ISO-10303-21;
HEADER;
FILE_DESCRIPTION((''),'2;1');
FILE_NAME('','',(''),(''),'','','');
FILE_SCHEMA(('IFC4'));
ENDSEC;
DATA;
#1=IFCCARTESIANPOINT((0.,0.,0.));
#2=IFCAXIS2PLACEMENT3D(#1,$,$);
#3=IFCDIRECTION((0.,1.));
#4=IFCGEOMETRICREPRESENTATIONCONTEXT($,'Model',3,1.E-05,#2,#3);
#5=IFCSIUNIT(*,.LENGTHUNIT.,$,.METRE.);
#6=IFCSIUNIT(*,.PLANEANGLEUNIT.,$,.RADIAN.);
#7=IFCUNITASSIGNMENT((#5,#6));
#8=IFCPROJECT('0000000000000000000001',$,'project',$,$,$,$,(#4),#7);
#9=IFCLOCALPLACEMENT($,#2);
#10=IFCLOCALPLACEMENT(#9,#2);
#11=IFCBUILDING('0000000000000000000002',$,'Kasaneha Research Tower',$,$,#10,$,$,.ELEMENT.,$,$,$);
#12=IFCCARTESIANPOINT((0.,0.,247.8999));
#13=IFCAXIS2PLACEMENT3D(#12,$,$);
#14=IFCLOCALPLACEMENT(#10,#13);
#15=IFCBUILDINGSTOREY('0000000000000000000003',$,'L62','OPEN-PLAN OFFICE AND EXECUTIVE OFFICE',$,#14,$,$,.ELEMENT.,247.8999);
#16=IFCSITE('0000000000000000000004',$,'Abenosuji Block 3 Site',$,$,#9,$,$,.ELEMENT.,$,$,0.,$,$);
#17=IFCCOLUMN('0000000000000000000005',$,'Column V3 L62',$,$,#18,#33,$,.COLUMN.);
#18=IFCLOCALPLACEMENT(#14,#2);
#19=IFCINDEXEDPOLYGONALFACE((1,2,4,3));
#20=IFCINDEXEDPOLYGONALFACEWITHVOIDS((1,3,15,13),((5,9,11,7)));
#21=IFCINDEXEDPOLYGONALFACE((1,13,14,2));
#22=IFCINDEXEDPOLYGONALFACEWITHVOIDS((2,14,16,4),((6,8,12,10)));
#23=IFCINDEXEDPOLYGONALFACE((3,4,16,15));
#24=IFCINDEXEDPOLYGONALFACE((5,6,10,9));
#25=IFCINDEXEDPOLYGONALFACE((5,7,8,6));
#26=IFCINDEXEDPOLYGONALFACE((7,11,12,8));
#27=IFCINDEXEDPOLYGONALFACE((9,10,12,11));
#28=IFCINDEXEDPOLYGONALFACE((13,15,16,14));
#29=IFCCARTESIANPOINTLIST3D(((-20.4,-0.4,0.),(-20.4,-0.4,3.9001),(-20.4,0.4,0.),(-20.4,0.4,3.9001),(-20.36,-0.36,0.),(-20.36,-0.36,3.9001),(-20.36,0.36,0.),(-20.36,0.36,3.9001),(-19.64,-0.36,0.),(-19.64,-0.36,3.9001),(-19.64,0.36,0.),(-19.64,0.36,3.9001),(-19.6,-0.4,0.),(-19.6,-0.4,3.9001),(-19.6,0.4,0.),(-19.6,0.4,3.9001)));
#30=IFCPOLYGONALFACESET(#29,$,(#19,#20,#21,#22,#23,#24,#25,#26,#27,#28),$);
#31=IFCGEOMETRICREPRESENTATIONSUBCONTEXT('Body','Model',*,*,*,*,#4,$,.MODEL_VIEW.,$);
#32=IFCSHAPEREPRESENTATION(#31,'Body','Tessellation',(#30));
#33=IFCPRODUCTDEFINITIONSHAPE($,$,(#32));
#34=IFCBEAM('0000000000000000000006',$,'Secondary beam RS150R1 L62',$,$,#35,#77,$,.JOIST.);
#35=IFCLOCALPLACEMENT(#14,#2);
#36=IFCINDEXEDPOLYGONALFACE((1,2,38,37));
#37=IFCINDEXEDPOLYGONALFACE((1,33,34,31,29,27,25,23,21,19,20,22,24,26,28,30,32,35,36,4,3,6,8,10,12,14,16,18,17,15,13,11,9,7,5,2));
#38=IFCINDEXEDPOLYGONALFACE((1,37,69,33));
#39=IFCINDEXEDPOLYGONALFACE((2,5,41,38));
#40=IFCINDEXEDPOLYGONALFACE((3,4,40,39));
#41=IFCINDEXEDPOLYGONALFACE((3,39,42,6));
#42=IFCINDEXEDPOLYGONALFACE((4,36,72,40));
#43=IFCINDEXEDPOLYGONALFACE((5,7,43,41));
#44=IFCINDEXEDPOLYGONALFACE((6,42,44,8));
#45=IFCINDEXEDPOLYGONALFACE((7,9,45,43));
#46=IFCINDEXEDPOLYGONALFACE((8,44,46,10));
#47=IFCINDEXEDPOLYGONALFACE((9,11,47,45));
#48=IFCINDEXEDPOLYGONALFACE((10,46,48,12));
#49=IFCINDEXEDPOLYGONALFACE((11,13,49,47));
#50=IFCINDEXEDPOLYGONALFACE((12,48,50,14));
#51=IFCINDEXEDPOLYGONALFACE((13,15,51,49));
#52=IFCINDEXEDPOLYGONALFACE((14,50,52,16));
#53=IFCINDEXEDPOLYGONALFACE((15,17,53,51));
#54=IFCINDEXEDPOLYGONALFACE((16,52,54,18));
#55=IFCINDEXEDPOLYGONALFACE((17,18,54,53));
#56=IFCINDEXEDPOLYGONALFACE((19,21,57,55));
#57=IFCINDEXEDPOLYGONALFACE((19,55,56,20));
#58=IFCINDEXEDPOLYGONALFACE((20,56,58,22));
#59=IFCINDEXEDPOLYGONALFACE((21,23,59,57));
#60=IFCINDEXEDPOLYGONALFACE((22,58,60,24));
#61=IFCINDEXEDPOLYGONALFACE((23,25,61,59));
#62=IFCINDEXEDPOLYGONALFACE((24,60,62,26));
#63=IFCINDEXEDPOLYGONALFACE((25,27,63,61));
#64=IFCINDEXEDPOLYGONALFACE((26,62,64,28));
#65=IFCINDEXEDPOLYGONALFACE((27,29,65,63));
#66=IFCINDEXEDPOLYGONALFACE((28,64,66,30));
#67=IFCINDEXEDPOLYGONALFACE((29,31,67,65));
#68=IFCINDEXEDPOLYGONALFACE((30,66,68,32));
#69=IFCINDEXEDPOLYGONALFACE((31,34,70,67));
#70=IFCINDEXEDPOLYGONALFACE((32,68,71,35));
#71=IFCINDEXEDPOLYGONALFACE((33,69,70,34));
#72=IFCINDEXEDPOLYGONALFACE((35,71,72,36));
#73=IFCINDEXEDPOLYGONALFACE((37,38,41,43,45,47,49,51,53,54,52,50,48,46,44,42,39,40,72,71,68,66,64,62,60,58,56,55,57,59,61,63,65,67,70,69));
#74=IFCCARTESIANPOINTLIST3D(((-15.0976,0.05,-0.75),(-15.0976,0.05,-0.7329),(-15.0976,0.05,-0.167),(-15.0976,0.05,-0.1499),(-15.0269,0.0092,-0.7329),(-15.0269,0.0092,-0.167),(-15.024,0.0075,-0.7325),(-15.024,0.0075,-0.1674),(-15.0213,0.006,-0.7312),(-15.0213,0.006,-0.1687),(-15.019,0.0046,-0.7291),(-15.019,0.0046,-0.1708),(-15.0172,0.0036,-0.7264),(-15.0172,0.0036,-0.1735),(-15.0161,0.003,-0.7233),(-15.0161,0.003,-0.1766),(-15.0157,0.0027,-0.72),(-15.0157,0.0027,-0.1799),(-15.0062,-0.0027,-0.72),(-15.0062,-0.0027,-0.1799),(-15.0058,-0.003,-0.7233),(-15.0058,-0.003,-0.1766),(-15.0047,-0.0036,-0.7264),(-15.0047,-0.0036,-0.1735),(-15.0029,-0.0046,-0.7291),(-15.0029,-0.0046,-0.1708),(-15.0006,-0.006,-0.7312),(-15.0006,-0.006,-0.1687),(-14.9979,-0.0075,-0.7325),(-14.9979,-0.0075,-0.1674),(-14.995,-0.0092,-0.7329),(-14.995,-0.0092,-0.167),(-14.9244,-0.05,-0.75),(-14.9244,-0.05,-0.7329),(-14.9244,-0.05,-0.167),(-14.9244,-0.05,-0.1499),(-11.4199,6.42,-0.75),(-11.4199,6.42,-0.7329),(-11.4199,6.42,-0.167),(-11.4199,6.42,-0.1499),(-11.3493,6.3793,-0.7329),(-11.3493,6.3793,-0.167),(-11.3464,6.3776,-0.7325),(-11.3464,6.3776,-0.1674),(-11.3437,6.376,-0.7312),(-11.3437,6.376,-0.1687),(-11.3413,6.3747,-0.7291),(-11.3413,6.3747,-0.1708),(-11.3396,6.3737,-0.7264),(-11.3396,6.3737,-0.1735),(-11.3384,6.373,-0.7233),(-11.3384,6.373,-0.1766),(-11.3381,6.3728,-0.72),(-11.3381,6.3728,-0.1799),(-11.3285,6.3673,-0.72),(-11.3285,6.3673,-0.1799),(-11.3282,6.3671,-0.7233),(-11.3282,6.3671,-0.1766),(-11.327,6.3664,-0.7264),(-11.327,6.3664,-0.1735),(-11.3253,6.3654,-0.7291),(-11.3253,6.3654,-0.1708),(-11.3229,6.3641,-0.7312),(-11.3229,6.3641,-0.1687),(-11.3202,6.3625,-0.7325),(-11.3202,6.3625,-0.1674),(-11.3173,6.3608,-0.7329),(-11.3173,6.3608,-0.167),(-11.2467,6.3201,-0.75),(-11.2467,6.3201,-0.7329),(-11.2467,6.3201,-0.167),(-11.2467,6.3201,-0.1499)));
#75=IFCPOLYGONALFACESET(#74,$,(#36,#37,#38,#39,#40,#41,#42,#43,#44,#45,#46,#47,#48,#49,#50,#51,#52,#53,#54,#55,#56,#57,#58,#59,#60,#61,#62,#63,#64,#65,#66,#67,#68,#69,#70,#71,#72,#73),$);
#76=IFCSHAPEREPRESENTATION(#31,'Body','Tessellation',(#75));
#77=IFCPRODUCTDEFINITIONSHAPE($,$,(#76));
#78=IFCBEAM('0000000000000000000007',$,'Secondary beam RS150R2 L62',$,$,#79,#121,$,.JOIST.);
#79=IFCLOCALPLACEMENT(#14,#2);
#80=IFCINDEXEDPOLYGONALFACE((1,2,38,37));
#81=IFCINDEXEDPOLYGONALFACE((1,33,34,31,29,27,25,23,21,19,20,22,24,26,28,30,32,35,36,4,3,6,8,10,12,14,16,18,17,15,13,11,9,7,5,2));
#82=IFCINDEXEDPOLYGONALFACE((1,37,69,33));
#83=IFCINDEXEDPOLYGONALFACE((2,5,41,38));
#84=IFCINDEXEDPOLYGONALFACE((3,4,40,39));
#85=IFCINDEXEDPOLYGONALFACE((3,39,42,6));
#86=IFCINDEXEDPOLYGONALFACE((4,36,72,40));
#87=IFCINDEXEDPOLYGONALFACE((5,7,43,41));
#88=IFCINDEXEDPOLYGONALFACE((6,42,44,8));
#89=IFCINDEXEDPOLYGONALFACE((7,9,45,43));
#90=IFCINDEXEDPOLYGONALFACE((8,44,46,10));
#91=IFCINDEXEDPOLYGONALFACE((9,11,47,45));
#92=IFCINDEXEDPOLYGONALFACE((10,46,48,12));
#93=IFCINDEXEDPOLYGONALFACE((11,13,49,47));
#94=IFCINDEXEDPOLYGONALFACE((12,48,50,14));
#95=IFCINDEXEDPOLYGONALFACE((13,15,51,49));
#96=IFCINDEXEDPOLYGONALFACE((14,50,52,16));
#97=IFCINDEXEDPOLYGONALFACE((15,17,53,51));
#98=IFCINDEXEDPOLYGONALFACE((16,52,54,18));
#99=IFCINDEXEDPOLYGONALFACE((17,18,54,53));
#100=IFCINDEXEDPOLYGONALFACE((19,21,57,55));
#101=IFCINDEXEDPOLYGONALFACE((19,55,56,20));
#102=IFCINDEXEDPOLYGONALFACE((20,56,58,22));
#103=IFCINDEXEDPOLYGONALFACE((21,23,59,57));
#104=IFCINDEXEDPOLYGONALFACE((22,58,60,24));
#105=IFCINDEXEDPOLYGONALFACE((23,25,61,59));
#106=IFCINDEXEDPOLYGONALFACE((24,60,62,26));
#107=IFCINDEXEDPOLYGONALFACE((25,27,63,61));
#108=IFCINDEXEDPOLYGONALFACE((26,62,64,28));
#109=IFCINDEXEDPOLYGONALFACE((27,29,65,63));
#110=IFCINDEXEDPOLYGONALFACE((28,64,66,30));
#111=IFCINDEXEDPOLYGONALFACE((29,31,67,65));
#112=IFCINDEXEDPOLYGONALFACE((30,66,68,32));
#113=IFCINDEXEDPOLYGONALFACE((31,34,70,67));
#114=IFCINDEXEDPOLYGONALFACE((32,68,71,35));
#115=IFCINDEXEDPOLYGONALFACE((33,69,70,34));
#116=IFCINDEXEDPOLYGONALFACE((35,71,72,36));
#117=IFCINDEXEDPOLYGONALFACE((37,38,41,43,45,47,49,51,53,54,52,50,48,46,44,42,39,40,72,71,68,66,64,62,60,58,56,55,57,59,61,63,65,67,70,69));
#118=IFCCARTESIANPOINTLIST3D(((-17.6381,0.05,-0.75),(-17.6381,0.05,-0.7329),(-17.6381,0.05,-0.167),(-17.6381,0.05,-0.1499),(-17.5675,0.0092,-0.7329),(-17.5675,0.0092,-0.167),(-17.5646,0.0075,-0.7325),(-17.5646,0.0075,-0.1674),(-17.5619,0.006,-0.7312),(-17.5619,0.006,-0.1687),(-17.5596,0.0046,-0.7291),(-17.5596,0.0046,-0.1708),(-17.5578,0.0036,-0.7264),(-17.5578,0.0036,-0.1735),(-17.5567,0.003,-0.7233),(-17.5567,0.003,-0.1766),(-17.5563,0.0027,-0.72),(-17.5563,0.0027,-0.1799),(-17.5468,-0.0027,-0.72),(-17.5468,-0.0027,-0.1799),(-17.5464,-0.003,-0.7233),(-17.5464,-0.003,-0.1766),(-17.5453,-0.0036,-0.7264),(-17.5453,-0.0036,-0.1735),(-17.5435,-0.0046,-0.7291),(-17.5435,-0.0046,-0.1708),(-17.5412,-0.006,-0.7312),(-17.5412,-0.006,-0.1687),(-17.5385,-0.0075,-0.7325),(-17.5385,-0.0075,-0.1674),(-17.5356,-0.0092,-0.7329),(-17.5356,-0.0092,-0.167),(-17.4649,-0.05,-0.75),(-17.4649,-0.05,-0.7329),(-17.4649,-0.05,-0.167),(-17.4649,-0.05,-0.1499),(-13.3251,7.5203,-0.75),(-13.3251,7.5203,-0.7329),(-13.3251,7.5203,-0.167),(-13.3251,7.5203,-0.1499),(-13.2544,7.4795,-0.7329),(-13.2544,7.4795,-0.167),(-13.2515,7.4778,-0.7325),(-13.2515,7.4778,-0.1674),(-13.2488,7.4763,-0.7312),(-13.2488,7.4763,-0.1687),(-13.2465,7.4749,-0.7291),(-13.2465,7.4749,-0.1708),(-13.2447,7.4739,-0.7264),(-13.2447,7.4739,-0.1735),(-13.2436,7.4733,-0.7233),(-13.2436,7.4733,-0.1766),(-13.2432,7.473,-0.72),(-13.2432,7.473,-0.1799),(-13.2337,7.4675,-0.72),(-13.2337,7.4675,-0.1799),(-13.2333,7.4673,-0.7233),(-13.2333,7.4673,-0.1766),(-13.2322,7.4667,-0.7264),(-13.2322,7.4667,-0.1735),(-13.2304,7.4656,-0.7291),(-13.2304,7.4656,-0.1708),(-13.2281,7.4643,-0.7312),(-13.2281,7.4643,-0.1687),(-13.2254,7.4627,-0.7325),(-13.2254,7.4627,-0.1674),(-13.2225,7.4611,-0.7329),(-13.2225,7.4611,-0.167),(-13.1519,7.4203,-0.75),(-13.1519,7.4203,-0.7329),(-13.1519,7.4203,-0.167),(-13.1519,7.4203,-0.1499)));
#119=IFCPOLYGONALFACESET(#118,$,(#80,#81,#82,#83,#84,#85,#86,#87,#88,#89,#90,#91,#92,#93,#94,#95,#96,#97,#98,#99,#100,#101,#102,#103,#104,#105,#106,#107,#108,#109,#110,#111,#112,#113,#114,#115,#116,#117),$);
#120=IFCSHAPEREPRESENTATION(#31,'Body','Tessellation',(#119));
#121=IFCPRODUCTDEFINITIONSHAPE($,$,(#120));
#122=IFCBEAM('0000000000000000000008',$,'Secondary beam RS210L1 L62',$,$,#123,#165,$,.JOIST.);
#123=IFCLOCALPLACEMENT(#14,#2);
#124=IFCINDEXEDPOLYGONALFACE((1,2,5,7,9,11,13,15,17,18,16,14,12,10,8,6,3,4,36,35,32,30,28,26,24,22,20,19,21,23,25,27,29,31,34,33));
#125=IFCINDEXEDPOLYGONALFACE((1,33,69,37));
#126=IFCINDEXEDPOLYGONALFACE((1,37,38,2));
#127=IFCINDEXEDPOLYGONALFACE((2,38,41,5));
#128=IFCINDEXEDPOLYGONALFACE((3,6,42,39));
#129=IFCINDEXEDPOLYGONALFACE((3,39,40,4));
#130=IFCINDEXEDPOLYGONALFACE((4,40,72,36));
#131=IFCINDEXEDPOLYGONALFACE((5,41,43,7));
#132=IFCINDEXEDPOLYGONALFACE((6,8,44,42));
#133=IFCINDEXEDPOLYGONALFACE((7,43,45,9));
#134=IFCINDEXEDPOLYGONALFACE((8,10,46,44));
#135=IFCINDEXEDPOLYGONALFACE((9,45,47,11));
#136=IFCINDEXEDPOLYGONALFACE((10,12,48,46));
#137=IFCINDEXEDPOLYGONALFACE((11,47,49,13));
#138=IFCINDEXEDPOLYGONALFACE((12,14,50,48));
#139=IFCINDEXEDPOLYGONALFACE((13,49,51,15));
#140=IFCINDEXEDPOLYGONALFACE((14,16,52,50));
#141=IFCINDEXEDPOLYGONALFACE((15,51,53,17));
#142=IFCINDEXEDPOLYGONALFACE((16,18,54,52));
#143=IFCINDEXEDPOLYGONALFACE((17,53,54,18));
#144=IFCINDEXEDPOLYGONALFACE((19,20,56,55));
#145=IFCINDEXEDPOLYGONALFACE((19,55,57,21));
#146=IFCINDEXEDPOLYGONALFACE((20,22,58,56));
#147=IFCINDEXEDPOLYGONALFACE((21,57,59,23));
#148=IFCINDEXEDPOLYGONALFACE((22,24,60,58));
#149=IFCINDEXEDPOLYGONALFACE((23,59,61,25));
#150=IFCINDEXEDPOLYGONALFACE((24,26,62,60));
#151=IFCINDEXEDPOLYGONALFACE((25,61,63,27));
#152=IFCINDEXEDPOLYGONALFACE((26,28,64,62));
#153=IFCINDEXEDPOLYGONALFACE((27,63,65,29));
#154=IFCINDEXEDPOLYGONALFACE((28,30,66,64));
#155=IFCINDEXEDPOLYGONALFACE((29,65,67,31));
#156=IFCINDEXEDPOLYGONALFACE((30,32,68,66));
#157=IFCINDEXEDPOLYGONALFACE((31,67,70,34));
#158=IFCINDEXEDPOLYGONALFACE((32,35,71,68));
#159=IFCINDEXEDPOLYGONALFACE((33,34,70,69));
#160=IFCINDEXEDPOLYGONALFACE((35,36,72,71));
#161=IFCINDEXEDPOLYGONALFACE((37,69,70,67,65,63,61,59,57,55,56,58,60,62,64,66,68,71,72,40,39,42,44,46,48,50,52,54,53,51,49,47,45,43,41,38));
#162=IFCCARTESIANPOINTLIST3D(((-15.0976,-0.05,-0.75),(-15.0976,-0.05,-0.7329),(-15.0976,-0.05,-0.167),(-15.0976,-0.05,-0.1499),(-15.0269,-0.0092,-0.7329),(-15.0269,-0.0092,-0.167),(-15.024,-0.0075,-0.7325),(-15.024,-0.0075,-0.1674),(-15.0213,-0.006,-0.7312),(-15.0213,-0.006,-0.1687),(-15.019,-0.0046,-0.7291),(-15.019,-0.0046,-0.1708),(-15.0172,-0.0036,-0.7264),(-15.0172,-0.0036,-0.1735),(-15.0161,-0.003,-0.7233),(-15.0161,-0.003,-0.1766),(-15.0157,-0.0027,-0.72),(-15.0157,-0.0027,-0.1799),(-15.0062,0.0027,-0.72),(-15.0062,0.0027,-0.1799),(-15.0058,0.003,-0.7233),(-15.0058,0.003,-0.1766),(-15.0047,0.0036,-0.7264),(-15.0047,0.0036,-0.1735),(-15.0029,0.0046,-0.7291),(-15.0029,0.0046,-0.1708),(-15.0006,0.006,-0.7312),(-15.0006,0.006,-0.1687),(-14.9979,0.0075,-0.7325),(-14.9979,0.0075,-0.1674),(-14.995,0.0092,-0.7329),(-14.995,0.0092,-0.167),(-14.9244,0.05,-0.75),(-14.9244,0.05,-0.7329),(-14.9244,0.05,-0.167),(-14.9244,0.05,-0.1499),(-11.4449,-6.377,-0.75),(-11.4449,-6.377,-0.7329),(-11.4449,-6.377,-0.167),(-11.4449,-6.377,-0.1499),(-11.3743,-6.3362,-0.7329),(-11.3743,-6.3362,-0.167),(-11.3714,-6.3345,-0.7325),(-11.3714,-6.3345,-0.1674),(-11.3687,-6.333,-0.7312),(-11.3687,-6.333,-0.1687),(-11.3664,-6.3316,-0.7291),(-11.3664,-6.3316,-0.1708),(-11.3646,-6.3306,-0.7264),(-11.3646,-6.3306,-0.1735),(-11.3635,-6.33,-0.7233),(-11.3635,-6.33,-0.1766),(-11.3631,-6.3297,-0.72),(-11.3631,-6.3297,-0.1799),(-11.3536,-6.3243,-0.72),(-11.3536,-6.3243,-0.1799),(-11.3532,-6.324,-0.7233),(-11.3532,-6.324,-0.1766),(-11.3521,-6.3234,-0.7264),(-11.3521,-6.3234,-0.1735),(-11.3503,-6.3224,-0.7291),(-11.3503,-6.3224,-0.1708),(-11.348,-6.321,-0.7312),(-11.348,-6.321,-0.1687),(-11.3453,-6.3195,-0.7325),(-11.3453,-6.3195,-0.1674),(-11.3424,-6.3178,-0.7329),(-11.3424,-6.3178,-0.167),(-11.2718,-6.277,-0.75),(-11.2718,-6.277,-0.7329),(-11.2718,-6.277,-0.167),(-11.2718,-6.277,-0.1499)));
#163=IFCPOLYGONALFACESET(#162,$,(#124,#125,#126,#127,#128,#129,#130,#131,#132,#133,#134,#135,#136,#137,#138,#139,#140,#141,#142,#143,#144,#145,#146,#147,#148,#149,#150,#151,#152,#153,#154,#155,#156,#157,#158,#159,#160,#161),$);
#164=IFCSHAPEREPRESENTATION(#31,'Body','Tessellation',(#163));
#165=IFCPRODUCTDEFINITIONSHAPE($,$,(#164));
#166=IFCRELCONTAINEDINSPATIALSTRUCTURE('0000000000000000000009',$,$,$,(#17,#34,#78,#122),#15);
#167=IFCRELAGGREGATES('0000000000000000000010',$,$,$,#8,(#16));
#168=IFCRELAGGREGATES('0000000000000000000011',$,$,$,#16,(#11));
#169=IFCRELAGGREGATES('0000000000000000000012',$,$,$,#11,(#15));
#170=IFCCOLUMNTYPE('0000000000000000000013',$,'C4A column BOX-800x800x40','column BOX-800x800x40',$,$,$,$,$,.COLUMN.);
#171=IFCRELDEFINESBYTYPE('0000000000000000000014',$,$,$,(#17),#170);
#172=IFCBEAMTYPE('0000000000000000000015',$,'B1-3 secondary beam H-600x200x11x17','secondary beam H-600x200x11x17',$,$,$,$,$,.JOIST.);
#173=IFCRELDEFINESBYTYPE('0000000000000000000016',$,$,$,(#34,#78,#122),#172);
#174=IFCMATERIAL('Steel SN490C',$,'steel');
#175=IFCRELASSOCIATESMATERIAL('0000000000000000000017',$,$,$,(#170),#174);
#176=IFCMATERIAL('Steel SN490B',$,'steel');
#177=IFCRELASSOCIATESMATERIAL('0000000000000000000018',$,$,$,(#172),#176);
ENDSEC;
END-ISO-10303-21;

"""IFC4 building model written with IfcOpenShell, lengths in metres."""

from ifc_helpers import new_model, si_unit, direction, frame, origin, origin_2d, place, context, subcontext, project, spatial, hollow_rectangle, i_section, extrude, material, material_profile, profile_set, type_object, element, save


model = new_model("IFC4")

# Units and contexts
model_context = context("Model", 3, precision=1e-05, world=origin(), true_north=direction((0.0, 1.0)))
body_context = subcontext(model_context, "Body", "Model", "MODEL_VIEW")
ifc_project = project(units=[si_unit("LENGTHUNIT", "METRE"), si_unit("PLANEANGLEUNIT", "RADIAN")], contexts=[model_context])

# Site, building, storey
site_placement = place(None, origin())
site = spatial("IfcSite", under=ifc_project, at=site_placement, Name="Abenosuji Block 3 Site", CompositionType="ELEMENT", RefElevation=0.0)
building_placement = place(site_placement, origin())
building = spatial("IfcBuilding", under=site, at=building_placement, Name="Kasaneha Research Tower", CompositionType="ELEMENT")
storey_placement = place(building_placement, frame((0.0, 0.0, 247.8999)))
storey = spatial("IfcBuildingStorey", under=building, at=storey_placement, Name="L62", Description="OPEN-PLAN OFFICE AND EXECUTIVE OFFICE", CompositionType="ELEMENT", Elevation=247.8999)

# Column
ifc_material_1 = material(Name="Steel SN490C", Category="steel")
ifc_material_profile_1 = material_profile(ifc_material_1, hollow_rectangle(XDim=0.8, YDim=0.8, WallThickness=0.04, at=origin_2d()), Name="BOX-800x800x40")
ifc_profile_set_1 = profile_set([ifc_material_profile_1], Name="Steel SN490C")
column_type = type_object("IfcColumnType", Name="C4A column BOX-800x800x40", Description="column BOX-800x800x40", PredefinedType="COLUMN", material=ifc_profile_set_1)
column_placement = place(storey_placement, frame((-20.0, 0.0, 0.0), z_axis=(0.0, 0.0, 1.0), x_axis=(1.0, 0.0, 0.0)))
element("IfcColumn", 1, at=column_placement, inside=storey, type_object=column_type, Name="Column V3 L62", PredefinedType="COLUMN", context=body_context, shape_type="SweptSolid", body=[
    extrude(hollow_rectangle(XDim=0.8, YDim=0.8, WallThickness=0.04, at=origin_2d()), origin(), (0.0, 0.0, 1.0), 3.9001),
])

# Beams
ifc_material_2 = material(Name="Steel SN490B", Category="steel")
ifc_material_profile_2 = material_profile(ifc_material_2, i_section(OverallWidth=0.2, OverallDepth=0.6001, WebThickness=0.011, FlangeThickness=0.0171, FilletRadius=0.0129, at=origin_2d()), Name="H-600x200x11x17")
ifc_profile_set_2 = profile_set([ifc_material_profile_2], Name="Steel SN490B")
beam_type_1 = type_object("IfcBeamType", Name="B1-3 secondary beam H-600x200x11x17", Description="secondary beam H-600x200x11x17", PredefinedType="JOIST", material=ifc_profile_set_2)
beam_1_placement = place(storey_placement, frame((-15.011, 0.0, -0.45), z_axis=(0.499994, 0.866029, 0.0), x_axis=(-0.866029, 0.499994, 0.0)))
element("IfcBeam", 2, at=beam_1_placement, inside=storey, type_object=beam_type_1, Name="Secondary beam RS150R1 L62", PredefinedType="JOIST", context=body_context, shape_type="SweptSolid", body=[
    extrude(i_section(OverallWidth=0.2, OverallDepth=0.6001, WebThickness=0.011, FlangeThickness=0.0171, FilletRadius=0.0129, at=origin_2d()), origin(), (0.0, 0.0, 1.0), 7.3555),
])
beam_2_placement = place(storey_placement, frame((-17.5515, 0.0, -0.45), z_axis=(0.500005, 0.866023, 0.0), x_axis=(-0.866023, 0.500005, 0.0)))
element("IfcBeam", 3, at=beam_2_placement, inside=storey, type_object=beam_type_1, Name="Secondary beam RS150R2 L62", PredefinedType="JOIST", context=body_context, shape_type="SweptSolid", body=[
    extrude(i_section(OverallWidth=0.2, OverallDepth=0.6001, WebThickness=0.011, FlangeThickness=0.0171, FilletRadius=0.0129, at=origin_2d()), origin(), (0.0, 0.0, 1.0), 8.626),
])
beam_3_placement = place(storey_placement, frame((-15.011, 0.0, -0.45), z_axis=(0.499974, -0.86604, 0.0), x_axis=(0.86604, 0.499974, 0.0)))
element("IfcBeam", 4, at=beam_3_placement, inside=storey, type_object=beam_type_1, Name="Secondary beam RS210L1 L62", PredefinedType="JOIST", context=body_context, shape_type="SweptSolid", body=[
    extrude(i_section(OverallWidth=0.2, OverallDepth=0.6001, WebThickness=0.011, FlangeThickness=0.0171, FilletRadius=0.0129, at=origin_2d()), origin(), (0.0, 0.0, 1.0), 7.3057),
])

save(model, "model.ifc")
